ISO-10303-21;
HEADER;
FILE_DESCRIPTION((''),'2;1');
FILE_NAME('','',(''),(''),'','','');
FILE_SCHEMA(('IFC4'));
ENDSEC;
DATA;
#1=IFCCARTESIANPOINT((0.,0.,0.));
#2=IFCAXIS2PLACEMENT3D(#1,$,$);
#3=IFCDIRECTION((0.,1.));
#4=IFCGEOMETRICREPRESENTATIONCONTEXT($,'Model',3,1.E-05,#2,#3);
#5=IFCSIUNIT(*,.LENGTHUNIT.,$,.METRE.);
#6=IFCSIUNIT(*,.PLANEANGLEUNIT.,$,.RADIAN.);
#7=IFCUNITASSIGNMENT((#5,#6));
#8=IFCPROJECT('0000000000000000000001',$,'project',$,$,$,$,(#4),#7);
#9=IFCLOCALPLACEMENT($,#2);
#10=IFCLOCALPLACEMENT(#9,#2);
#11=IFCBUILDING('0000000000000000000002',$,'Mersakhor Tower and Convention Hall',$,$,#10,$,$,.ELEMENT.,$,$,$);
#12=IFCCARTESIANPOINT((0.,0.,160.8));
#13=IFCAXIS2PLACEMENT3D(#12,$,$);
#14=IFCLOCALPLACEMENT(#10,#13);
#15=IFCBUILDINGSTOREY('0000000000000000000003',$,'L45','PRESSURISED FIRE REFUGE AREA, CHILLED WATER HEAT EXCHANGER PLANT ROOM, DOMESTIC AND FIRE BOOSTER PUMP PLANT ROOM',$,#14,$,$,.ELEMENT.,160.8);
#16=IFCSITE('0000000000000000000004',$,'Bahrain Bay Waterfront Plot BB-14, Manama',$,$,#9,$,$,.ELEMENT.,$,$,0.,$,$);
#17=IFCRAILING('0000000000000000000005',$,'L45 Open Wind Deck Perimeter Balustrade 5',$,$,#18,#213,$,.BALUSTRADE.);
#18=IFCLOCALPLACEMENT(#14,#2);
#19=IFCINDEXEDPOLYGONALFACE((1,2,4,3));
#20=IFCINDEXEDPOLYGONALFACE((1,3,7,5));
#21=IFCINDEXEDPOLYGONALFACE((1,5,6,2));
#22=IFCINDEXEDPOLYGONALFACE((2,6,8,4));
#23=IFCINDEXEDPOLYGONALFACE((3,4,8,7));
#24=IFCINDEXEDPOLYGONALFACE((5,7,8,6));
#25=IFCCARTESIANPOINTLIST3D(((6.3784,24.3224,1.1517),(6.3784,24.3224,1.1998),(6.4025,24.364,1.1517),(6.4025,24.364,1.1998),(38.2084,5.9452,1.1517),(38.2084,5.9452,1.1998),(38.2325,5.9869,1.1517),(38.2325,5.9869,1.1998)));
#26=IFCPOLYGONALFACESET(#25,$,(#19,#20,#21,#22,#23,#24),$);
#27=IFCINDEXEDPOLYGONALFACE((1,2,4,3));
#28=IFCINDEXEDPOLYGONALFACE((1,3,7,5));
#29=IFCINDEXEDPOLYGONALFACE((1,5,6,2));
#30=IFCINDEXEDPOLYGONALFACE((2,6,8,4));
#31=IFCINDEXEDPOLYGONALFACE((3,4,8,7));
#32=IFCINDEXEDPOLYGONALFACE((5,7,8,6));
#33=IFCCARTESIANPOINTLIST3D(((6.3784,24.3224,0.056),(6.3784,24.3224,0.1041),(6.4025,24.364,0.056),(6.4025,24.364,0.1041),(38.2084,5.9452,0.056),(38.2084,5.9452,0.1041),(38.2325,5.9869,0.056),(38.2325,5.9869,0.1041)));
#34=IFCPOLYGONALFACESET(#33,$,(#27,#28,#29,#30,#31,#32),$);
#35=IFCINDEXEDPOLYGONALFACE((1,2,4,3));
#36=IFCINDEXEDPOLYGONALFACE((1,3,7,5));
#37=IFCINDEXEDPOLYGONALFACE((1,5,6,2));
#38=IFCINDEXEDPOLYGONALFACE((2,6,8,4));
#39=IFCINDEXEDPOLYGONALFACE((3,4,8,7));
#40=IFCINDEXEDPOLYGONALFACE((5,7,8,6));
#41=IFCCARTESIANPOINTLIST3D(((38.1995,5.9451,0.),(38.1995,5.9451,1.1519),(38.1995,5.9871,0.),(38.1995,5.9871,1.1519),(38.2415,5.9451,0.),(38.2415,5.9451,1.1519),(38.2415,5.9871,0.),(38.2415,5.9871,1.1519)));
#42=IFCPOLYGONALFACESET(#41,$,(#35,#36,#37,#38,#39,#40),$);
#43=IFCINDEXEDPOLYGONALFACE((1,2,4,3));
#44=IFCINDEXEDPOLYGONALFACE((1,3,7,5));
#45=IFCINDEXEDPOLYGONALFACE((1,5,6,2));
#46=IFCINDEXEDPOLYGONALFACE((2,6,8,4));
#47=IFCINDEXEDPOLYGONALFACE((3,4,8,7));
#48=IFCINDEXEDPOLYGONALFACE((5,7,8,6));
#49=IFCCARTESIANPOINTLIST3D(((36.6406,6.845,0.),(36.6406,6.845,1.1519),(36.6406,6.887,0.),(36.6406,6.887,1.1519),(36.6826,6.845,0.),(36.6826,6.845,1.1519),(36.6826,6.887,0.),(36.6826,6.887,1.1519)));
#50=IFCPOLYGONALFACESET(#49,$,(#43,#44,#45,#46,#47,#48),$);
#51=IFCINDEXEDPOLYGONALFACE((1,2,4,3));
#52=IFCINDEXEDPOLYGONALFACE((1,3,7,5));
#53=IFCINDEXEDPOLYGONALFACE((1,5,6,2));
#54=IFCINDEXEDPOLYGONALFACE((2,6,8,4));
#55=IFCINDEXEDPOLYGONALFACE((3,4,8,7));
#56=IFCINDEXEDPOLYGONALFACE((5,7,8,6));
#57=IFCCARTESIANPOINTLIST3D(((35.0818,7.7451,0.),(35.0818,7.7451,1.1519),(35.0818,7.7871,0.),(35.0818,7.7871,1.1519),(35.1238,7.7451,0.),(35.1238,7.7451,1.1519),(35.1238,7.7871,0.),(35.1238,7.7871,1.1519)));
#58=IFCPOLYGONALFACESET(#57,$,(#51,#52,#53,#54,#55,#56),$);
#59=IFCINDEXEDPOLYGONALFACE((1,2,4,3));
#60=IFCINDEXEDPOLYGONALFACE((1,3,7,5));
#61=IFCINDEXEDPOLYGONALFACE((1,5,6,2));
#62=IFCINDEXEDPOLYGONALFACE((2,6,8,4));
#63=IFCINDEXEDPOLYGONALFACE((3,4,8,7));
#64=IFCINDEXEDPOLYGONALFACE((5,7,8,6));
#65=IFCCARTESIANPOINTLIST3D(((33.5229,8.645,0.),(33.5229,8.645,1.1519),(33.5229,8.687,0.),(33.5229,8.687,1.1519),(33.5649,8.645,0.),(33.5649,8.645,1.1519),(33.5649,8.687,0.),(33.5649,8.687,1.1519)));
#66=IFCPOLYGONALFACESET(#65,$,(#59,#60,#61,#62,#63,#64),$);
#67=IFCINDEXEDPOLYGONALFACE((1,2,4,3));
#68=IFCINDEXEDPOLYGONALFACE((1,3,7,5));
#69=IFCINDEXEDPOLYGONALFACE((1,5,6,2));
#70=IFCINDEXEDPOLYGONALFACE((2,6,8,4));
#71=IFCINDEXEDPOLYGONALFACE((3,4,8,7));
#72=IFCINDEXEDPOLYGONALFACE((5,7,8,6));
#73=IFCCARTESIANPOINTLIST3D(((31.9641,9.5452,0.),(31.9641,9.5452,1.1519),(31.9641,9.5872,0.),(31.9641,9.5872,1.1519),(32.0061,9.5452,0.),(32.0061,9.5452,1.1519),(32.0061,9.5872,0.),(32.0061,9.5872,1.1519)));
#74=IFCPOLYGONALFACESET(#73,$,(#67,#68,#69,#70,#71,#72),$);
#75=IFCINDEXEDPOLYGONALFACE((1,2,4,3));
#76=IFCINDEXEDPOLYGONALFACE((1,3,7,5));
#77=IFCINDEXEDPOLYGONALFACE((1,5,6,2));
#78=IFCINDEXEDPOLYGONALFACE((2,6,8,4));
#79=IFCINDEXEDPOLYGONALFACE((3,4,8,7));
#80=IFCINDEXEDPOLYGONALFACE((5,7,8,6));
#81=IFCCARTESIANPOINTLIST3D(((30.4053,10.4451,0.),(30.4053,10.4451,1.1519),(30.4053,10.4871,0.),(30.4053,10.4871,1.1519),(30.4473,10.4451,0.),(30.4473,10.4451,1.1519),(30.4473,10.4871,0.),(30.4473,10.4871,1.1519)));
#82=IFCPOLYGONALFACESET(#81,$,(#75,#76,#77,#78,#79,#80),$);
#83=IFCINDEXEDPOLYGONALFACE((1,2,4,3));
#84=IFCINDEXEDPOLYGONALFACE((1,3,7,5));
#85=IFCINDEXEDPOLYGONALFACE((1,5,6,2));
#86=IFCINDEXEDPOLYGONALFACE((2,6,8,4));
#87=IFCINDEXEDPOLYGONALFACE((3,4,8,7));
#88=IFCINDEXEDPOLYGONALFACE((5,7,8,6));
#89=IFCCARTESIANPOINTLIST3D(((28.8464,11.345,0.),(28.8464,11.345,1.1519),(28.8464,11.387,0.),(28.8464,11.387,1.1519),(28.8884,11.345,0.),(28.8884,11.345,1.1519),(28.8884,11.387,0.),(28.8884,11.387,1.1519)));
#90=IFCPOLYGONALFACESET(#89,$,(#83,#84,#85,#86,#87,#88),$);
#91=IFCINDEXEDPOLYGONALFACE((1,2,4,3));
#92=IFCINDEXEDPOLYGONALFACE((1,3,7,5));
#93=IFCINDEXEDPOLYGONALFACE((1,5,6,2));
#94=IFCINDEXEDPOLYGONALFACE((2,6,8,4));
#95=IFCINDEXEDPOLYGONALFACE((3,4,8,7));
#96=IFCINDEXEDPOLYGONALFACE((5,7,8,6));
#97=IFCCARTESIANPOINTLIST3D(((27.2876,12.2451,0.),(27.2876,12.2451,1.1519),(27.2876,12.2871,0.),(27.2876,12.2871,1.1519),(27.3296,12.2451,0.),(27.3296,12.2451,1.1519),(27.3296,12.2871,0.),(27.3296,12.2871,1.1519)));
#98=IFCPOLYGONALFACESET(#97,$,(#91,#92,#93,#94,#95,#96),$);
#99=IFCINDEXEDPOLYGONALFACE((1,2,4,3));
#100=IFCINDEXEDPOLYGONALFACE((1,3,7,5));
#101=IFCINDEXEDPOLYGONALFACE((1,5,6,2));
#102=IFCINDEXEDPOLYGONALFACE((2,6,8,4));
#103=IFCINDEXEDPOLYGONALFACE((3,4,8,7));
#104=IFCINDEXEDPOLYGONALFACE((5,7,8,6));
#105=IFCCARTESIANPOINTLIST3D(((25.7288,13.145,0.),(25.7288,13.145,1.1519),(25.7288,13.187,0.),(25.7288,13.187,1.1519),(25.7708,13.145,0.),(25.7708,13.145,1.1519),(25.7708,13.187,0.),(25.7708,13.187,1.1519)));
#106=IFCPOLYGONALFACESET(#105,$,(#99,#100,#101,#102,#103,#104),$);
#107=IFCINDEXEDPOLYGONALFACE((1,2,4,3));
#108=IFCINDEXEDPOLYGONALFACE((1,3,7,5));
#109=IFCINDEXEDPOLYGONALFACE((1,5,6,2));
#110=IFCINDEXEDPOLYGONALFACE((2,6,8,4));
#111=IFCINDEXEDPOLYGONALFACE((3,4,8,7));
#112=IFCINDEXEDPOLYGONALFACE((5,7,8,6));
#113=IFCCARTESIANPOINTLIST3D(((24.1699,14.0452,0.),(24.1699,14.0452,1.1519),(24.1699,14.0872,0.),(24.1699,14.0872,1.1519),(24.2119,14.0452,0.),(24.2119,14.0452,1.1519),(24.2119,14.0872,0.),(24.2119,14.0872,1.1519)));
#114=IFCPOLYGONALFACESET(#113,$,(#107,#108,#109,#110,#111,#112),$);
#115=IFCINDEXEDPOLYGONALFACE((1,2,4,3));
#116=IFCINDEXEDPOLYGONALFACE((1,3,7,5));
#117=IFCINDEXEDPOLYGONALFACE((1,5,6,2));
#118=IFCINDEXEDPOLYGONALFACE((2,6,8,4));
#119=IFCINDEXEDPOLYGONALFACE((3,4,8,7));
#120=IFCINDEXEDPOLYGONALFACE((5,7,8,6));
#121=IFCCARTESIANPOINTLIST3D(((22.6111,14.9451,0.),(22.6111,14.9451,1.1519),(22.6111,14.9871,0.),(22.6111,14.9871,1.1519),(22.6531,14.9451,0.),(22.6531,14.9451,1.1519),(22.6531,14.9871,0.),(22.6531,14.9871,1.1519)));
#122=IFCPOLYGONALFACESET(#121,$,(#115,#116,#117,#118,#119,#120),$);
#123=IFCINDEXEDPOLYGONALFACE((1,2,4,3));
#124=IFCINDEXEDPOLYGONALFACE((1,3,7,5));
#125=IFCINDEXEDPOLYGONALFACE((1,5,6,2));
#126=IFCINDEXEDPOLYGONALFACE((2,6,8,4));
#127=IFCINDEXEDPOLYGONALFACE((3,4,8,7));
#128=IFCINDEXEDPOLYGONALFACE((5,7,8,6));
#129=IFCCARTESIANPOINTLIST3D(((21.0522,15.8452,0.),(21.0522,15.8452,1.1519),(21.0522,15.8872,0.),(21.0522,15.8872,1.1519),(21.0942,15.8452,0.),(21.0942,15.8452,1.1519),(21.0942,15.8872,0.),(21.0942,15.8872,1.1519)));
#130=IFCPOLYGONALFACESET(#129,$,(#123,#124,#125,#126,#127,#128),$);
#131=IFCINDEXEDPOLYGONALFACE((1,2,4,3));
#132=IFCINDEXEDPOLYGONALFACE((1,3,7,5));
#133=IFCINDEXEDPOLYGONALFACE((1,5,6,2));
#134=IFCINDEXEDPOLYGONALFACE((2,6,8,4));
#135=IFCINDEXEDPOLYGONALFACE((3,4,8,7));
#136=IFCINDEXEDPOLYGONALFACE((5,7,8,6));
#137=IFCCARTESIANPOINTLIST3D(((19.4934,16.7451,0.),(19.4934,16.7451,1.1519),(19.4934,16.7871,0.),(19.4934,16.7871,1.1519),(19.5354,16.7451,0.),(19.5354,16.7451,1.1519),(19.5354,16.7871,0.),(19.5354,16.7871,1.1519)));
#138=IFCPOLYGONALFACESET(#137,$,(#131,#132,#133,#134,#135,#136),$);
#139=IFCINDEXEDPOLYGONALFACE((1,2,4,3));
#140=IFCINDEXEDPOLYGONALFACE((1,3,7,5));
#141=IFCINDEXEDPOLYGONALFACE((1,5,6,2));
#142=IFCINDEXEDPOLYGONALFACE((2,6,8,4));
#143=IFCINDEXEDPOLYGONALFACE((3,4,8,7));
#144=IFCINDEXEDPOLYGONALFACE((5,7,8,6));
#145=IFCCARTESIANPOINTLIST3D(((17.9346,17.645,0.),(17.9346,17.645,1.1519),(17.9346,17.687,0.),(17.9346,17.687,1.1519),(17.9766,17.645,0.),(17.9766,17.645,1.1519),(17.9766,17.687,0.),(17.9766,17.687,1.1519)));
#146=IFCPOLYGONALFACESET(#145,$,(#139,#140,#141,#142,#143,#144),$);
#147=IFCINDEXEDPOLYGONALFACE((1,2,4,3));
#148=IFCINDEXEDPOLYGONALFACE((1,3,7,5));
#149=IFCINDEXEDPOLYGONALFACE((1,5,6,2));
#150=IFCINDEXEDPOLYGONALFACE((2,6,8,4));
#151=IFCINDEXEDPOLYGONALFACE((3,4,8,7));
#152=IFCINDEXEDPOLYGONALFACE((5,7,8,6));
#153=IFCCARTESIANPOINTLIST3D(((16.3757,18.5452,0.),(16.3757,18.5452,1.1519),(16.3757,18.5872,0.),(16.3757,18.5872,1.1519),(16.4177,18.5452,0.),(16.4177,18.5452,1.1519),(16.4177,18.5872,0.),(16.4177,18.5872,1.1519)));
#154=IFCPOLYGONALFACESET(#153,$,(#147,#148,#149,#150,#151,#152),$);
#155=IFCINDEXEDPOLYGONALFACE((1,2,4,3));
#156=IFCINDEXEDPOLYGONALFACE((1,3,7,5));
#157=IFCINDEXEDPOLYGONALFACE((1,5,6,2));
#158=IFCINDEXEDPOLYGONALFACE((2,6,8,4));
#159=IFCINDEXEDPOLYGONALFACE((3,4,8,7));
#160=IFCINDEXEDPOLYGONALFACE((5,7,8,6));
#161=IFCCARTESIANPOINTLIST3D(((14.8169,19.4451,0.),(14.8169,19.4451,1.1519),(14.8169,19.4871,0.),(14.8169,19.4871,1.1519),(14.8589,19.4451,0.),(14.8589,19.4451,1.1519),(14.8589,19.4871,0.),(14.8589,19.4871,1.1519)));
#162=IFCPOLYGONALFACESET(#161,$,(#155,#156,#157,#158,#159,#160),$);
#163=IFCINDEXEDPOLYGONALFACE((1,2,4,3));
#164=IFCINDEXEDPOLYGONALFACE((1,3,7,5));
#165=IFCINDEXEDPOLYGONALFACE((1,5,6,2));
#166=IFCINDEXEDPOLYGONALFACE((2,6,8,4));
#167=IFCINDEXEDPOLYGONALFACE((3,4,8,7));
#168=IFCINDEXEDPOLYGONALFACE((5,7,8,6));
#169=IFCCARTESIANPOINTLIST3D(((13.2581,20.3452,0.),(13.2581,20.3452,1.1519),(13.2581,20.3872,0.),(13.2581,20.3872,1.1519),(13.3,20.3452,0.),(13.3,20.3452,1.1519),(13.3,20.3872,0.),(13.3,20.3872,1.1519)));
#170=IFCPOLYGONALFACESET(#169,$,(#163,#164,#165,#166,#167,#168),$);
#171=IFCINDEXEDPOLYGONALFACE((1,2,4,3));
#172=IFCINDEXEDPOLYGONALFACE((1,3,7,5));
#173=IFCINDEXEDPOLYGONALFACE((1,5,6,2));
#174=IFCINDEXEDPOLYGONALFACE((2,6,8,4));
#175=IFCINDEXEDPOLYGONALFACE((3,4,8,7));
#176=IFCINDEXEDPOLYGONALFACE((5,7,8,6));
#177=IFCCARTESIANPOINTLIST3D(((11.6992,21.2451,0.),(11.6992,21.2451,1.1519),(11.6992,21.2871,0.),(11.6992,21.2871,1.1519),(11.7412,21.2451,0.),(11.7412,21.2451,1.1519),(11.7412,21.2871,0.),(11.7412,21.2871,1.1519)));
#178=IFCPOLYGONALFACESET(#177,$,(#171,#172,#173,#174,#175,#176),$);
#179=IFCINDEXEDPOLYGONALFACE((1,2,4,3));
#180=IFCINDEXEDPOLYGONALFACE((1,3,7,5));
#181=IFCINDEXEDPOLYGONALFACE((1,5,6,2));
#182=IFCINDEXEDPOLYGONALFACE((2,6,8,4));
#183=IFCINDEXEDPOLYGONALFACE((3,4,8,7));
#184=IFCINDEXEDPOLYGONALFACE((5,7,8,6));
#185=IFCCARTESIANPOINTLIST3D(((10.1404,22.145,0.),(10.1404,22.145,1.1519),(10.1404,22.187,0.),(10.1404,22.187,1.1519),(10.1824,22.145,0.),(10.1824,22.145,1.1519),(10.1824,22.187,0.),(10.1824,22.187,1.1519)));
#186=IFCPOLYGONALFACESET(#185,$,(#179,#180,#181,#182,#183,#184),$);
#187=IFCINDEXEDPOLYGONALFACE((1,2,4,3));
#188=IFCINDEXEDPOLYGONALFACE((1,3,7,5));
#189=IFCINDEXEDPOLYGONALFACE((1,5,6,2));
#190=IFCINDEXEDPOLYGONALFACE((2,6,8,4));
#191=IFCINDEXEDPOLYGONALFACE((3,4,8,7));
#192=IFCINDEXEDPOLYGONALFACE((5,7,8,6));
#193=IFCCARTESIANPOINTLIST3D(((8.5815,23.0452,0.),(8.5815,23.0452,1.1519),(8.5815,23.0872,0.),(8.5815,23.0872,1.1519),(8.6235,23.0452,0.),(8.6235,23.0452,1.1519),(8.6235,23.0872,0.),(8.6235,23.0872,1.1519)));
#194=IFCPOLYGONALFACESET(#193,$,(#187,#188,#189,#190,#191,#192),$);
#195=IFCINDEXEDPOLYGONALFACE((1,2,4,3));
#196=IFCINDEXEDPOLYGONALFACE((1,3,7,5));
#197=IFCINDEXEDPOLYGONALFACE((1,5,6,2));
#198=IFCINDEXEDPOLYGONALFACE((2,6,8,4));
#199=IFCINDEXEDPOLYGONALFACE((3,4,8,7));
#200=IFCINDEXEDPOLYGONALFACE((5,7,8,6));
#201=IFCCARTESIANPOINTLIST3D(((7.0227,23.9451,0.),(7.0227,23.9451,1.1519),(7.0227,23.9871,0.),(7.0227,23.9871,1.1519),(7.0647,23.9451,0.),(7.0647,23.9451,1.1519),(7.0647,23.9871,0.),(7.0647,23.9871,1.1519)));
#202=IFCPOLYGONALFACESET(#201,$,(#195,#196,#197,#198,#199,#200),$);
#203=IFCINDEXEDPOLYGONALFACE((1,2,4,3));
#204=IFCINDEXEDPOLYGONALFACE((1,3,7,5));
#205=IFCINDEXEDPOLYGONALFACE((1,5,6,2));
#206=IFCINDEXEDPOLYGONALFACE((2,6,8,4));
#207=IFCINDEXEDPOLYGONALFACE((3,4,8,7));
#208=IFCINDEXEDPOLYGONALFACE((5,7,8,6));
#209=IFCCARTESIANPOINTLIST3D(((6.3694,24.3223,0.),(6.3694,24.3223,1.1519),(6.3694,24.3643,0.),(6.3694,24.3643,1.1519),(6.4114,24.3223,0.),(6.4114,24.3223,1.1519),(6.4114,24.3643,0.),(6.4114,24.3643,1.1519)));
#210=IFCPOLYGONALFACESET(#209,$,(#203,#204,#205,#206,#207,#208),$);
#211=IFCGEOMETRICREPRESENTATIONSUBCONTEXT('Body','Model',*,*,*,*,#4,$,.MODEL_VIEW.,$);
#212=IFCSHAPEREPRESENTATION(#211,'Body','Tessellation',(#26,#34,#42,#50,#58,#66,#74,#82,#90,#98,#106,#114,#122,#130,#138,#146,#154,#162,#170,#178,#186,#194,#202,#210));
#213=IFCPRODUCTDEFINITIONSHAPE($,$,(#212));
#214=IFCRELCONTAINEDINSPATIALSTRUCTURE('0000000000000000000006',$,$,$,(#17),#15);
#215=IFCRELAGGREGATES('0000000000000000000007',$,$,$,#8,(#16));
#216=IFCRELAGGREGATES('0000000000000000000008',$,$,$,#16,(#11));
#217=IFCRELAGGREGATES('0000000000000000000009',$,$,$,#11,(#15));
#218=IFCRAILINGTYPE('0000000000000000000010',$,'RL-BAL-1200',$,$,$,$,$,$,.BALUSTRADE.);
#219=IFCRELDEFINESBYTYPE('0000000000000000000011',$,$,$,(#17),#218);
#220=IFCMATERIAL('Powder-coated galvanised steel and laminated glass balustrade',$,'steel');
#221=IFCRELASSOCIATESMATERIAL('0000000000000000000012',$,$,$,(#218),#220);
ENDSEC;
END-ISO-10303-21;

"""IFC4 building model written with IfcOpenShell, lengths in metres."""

from ifc_helpers import new_model, si_unit, direction, frame, origin, origin_2d, place, context, subcontext, project, spatial, rectangle, extrude, material, type_object, element, save


model = new_model("IFC4")

# Units and contexts
model_context = context("Model", 3, precision=1e-05, world=origin(), true_north=direction((0.0, 1.0)))
body_context = subcontext(model_context, "Body", "Model", "MODEL_VIEW")
ifc_project = project(units=[si_unit("LENGTHUNIT", "METRE"), si_unit("PLANEANGLEUNIT", "RADIAN")], contexts=[model_context])

# Site, building, storey
site_placement = place(None, origin())
site = spatial("IfcSite", under=ifc_project, at=site_placement, Name="Bahrain Bay Waterfront Plot BB-14, Manama", CompositionType="ELEMENT", RefElevation=0.0)
building_placement = place(site_placement, origin())
building = spatial("IfcBuilding", under=site, at=building_placement, Name="Mersakhor Tower and Convention Hall", CompositionType="ELEMENT")
storey_placement = place(building_placement, frame((0.0, 0.0, 160.8)))
storey = spatial("IfcBuildingStorey", under=building, at=storey_placement, Name="L45", Description="PRESSURISED FIRE REFUGE AREA, CHILLED WATER HEAT EXCHANGER PLANT ROOM, DOMESTIC AND FIRE BOOSTER PUMP PLANT ROOM", CompositionType="ELEMENT", Elevation=160.8)

# Railing
ifc_material_1 = material(Name="Powder-coated galvanised steel and laminated glass balustrade", Category="steel")
railing_type = type_object("IfcRailingType", Name="RL-BAL-1200", PredefinedType="BALUSTRADE", material=ifc_material_1)
railing_1_placement = place(storey_placement, frame((38.2205, 5.9661, 0.0)))
element("IfcRailing", 1, at=railing_1_placement, inside=storey, type_object=railing_type, Name="L45 Open Wind Deck Perimeter Balustrade 5", PredefinedType="BALUSTRADE", context=body_context, shape_type="SweptSolid", body=[
    extrude(rectangle(XDim=0.0481, YDim=0.0481, at=origin_2d()), frame((0.0, 0.0, 1.1758), z_axis=(-0.866024, 0.500002, 0.0), x_axis=(-0.500002, -0.866024, 0.0)), (0.0, 0.0, 1.0), 36.7542),
    extrude(rectangle(XDim=0.0481, YDim=0.0481, at=origin_2d()), frame((0.0, 0.0, 0.0801), z_axis=(-0.866024, 0.500002, 0.0), x_axis=(-0.500002, -0.866024, 0.0)), (0.0, 0.0, 1.0), 36.7542),
    extrude(rectangle(XDim=0.042, YDim=0.042, at=origin_2d()), origin(), (0.0, 0.0, 1.0), 1.1519),
    extrude(rectangle(XDim=0.042, YDim=0.042, at=origin_2d()), frame((-1.5588, 0.8999, 0.0)), (0.0, 0.0, 1.0), 1.1519),
    extrude(rectangle(XDim=0.042, YDim=0.042, at=origin_2d()), frame((-3.1177, 1.8, 0.0)), (0.0, 0.0, 1.0), 1.1519),
    extrude(rectangle(XDim=0.042, YDim=0.042, at=origin_2d()), frame((-4.6765, 2.7, 0.0)), (0.0, 0.0, 1.0), 1.1519),
    extrude(rectangle(XDim=0.042, YDim=0.042, at=origin_2d()), frame((-6.2354, 3.6001, 0.0)), (0.0, 0.0, 1.0), 1.1519),
    extrude(rectangle(XDim=0.042, YDim=0.042, at=origin_2d()), frame((-7.7942, 4.5, 0.0)), (0.0, 0.0, 1.0), 1.1519),
    extrude(rectangle(XDim=0.042, YDim=0.042, at=origin_2d()), frame((-9.353, 5.3999, 0.0)), (0.0, 0.0, 1.0), 1.1519),
    extrude(rectangle(XDim=0.042, YDim=0.042, at=origin_2d()), frame((-10.9119, 6.3, 0.0)), (0.0, 0.0, 1.0), 1.1519),
    extrude(rectangle(XDim=0.042, YDim=0.042, at=origin_2d()), frame((-12.4707, 7.2, 0.0)), (0.0, 0.0, 1.0), 1.1519),
    extrude(rectangle(XDim=0.042, YDim=0.042, at=origin_2d()), frame((-14.0295, 8.1001, 0.0)), (0.0, 0.0, 1.0), 1.1519),
    extrude(rectangle(XDim=0.042, YDim=0.042, at=origin_2d()), frame((-15.5884, 9.0, 0.0)), (0.0, 0.0, 1.0), 1.1519),
    extrude(rectangle(XDim=0.042, YDim=0.042, at=origin_2d()), frame((-17.1472, 9.9001, 0.0)), (0.0, 0.0, 1.0), 1.1519),
    extrude(rectangle(XDim=0.042, YDim=0.042, at=origin_2d()), frame((-18.7061, 10.8, 0.0)), (0.0, 0.0, 1.0), 1.1519),
    extrude(rectangle(XDim=0.042, YDim=0.042, at=origin_2d()), frame((-20.2649, 11.7, 0.0)), (0.0, 0.0, 1.0), 1.1519),
    extrude(rectangle(XDim=0.042, YDim=0.042, at=origin_2d()), frame((-21.8237, 12.6001, 0.0)), (0.0, 0.0, 1.0), 1.1519),
    extrude(rectangle(XDim=0.042, YDim=0.042, at=origin_2d()), frame((-23.3826, 13.5, 0.0)), (0.0, 0.0, 1.0), 1.1519),
    extrude(rectangle(XDim=0.042, YDim=0.042, at=origin_2d()), frame((-24.9414, 14.4001, 0.0)), (0.0, 0.0, 1.0), 1.1519),
    extrude(rectangle(XDim=0.042, YDim=0.042, at=origin_2d()), frame((-26.5002, 15.3, 0.0)), (0.0, 0.0, 1.0), 1.1519),
    extrude(rectangle(XDim=0.042, YDim=0.042, at=origin_2d()), frame((-28.0591, 16.2, 0.0)), (0.0, 0.0, 1.0), 1.1519),
    extrude(rectangle(XDim=0.042, YDim=0.042, at=origin_2d()), frame((-29.6179, 17.1001, 0.0)), (0.0, 0.0, 1.0), 1.1519),
    extrude(rectangle(XDim=0.042, YDim=0.042, at=origin_2d()), frame((-31.1768, 18.0, 0.0)), (0.0, 0.0, 1.0), 1.1519),
    extrude(rectangle(XDim=0.042, YDim=0.042, at=origin_2d()), frame((-31.8301, 18.3772, 0.0)), (0.0, 0.0, 1.0), 1.1519),
])

save(model, "model.ifc")
